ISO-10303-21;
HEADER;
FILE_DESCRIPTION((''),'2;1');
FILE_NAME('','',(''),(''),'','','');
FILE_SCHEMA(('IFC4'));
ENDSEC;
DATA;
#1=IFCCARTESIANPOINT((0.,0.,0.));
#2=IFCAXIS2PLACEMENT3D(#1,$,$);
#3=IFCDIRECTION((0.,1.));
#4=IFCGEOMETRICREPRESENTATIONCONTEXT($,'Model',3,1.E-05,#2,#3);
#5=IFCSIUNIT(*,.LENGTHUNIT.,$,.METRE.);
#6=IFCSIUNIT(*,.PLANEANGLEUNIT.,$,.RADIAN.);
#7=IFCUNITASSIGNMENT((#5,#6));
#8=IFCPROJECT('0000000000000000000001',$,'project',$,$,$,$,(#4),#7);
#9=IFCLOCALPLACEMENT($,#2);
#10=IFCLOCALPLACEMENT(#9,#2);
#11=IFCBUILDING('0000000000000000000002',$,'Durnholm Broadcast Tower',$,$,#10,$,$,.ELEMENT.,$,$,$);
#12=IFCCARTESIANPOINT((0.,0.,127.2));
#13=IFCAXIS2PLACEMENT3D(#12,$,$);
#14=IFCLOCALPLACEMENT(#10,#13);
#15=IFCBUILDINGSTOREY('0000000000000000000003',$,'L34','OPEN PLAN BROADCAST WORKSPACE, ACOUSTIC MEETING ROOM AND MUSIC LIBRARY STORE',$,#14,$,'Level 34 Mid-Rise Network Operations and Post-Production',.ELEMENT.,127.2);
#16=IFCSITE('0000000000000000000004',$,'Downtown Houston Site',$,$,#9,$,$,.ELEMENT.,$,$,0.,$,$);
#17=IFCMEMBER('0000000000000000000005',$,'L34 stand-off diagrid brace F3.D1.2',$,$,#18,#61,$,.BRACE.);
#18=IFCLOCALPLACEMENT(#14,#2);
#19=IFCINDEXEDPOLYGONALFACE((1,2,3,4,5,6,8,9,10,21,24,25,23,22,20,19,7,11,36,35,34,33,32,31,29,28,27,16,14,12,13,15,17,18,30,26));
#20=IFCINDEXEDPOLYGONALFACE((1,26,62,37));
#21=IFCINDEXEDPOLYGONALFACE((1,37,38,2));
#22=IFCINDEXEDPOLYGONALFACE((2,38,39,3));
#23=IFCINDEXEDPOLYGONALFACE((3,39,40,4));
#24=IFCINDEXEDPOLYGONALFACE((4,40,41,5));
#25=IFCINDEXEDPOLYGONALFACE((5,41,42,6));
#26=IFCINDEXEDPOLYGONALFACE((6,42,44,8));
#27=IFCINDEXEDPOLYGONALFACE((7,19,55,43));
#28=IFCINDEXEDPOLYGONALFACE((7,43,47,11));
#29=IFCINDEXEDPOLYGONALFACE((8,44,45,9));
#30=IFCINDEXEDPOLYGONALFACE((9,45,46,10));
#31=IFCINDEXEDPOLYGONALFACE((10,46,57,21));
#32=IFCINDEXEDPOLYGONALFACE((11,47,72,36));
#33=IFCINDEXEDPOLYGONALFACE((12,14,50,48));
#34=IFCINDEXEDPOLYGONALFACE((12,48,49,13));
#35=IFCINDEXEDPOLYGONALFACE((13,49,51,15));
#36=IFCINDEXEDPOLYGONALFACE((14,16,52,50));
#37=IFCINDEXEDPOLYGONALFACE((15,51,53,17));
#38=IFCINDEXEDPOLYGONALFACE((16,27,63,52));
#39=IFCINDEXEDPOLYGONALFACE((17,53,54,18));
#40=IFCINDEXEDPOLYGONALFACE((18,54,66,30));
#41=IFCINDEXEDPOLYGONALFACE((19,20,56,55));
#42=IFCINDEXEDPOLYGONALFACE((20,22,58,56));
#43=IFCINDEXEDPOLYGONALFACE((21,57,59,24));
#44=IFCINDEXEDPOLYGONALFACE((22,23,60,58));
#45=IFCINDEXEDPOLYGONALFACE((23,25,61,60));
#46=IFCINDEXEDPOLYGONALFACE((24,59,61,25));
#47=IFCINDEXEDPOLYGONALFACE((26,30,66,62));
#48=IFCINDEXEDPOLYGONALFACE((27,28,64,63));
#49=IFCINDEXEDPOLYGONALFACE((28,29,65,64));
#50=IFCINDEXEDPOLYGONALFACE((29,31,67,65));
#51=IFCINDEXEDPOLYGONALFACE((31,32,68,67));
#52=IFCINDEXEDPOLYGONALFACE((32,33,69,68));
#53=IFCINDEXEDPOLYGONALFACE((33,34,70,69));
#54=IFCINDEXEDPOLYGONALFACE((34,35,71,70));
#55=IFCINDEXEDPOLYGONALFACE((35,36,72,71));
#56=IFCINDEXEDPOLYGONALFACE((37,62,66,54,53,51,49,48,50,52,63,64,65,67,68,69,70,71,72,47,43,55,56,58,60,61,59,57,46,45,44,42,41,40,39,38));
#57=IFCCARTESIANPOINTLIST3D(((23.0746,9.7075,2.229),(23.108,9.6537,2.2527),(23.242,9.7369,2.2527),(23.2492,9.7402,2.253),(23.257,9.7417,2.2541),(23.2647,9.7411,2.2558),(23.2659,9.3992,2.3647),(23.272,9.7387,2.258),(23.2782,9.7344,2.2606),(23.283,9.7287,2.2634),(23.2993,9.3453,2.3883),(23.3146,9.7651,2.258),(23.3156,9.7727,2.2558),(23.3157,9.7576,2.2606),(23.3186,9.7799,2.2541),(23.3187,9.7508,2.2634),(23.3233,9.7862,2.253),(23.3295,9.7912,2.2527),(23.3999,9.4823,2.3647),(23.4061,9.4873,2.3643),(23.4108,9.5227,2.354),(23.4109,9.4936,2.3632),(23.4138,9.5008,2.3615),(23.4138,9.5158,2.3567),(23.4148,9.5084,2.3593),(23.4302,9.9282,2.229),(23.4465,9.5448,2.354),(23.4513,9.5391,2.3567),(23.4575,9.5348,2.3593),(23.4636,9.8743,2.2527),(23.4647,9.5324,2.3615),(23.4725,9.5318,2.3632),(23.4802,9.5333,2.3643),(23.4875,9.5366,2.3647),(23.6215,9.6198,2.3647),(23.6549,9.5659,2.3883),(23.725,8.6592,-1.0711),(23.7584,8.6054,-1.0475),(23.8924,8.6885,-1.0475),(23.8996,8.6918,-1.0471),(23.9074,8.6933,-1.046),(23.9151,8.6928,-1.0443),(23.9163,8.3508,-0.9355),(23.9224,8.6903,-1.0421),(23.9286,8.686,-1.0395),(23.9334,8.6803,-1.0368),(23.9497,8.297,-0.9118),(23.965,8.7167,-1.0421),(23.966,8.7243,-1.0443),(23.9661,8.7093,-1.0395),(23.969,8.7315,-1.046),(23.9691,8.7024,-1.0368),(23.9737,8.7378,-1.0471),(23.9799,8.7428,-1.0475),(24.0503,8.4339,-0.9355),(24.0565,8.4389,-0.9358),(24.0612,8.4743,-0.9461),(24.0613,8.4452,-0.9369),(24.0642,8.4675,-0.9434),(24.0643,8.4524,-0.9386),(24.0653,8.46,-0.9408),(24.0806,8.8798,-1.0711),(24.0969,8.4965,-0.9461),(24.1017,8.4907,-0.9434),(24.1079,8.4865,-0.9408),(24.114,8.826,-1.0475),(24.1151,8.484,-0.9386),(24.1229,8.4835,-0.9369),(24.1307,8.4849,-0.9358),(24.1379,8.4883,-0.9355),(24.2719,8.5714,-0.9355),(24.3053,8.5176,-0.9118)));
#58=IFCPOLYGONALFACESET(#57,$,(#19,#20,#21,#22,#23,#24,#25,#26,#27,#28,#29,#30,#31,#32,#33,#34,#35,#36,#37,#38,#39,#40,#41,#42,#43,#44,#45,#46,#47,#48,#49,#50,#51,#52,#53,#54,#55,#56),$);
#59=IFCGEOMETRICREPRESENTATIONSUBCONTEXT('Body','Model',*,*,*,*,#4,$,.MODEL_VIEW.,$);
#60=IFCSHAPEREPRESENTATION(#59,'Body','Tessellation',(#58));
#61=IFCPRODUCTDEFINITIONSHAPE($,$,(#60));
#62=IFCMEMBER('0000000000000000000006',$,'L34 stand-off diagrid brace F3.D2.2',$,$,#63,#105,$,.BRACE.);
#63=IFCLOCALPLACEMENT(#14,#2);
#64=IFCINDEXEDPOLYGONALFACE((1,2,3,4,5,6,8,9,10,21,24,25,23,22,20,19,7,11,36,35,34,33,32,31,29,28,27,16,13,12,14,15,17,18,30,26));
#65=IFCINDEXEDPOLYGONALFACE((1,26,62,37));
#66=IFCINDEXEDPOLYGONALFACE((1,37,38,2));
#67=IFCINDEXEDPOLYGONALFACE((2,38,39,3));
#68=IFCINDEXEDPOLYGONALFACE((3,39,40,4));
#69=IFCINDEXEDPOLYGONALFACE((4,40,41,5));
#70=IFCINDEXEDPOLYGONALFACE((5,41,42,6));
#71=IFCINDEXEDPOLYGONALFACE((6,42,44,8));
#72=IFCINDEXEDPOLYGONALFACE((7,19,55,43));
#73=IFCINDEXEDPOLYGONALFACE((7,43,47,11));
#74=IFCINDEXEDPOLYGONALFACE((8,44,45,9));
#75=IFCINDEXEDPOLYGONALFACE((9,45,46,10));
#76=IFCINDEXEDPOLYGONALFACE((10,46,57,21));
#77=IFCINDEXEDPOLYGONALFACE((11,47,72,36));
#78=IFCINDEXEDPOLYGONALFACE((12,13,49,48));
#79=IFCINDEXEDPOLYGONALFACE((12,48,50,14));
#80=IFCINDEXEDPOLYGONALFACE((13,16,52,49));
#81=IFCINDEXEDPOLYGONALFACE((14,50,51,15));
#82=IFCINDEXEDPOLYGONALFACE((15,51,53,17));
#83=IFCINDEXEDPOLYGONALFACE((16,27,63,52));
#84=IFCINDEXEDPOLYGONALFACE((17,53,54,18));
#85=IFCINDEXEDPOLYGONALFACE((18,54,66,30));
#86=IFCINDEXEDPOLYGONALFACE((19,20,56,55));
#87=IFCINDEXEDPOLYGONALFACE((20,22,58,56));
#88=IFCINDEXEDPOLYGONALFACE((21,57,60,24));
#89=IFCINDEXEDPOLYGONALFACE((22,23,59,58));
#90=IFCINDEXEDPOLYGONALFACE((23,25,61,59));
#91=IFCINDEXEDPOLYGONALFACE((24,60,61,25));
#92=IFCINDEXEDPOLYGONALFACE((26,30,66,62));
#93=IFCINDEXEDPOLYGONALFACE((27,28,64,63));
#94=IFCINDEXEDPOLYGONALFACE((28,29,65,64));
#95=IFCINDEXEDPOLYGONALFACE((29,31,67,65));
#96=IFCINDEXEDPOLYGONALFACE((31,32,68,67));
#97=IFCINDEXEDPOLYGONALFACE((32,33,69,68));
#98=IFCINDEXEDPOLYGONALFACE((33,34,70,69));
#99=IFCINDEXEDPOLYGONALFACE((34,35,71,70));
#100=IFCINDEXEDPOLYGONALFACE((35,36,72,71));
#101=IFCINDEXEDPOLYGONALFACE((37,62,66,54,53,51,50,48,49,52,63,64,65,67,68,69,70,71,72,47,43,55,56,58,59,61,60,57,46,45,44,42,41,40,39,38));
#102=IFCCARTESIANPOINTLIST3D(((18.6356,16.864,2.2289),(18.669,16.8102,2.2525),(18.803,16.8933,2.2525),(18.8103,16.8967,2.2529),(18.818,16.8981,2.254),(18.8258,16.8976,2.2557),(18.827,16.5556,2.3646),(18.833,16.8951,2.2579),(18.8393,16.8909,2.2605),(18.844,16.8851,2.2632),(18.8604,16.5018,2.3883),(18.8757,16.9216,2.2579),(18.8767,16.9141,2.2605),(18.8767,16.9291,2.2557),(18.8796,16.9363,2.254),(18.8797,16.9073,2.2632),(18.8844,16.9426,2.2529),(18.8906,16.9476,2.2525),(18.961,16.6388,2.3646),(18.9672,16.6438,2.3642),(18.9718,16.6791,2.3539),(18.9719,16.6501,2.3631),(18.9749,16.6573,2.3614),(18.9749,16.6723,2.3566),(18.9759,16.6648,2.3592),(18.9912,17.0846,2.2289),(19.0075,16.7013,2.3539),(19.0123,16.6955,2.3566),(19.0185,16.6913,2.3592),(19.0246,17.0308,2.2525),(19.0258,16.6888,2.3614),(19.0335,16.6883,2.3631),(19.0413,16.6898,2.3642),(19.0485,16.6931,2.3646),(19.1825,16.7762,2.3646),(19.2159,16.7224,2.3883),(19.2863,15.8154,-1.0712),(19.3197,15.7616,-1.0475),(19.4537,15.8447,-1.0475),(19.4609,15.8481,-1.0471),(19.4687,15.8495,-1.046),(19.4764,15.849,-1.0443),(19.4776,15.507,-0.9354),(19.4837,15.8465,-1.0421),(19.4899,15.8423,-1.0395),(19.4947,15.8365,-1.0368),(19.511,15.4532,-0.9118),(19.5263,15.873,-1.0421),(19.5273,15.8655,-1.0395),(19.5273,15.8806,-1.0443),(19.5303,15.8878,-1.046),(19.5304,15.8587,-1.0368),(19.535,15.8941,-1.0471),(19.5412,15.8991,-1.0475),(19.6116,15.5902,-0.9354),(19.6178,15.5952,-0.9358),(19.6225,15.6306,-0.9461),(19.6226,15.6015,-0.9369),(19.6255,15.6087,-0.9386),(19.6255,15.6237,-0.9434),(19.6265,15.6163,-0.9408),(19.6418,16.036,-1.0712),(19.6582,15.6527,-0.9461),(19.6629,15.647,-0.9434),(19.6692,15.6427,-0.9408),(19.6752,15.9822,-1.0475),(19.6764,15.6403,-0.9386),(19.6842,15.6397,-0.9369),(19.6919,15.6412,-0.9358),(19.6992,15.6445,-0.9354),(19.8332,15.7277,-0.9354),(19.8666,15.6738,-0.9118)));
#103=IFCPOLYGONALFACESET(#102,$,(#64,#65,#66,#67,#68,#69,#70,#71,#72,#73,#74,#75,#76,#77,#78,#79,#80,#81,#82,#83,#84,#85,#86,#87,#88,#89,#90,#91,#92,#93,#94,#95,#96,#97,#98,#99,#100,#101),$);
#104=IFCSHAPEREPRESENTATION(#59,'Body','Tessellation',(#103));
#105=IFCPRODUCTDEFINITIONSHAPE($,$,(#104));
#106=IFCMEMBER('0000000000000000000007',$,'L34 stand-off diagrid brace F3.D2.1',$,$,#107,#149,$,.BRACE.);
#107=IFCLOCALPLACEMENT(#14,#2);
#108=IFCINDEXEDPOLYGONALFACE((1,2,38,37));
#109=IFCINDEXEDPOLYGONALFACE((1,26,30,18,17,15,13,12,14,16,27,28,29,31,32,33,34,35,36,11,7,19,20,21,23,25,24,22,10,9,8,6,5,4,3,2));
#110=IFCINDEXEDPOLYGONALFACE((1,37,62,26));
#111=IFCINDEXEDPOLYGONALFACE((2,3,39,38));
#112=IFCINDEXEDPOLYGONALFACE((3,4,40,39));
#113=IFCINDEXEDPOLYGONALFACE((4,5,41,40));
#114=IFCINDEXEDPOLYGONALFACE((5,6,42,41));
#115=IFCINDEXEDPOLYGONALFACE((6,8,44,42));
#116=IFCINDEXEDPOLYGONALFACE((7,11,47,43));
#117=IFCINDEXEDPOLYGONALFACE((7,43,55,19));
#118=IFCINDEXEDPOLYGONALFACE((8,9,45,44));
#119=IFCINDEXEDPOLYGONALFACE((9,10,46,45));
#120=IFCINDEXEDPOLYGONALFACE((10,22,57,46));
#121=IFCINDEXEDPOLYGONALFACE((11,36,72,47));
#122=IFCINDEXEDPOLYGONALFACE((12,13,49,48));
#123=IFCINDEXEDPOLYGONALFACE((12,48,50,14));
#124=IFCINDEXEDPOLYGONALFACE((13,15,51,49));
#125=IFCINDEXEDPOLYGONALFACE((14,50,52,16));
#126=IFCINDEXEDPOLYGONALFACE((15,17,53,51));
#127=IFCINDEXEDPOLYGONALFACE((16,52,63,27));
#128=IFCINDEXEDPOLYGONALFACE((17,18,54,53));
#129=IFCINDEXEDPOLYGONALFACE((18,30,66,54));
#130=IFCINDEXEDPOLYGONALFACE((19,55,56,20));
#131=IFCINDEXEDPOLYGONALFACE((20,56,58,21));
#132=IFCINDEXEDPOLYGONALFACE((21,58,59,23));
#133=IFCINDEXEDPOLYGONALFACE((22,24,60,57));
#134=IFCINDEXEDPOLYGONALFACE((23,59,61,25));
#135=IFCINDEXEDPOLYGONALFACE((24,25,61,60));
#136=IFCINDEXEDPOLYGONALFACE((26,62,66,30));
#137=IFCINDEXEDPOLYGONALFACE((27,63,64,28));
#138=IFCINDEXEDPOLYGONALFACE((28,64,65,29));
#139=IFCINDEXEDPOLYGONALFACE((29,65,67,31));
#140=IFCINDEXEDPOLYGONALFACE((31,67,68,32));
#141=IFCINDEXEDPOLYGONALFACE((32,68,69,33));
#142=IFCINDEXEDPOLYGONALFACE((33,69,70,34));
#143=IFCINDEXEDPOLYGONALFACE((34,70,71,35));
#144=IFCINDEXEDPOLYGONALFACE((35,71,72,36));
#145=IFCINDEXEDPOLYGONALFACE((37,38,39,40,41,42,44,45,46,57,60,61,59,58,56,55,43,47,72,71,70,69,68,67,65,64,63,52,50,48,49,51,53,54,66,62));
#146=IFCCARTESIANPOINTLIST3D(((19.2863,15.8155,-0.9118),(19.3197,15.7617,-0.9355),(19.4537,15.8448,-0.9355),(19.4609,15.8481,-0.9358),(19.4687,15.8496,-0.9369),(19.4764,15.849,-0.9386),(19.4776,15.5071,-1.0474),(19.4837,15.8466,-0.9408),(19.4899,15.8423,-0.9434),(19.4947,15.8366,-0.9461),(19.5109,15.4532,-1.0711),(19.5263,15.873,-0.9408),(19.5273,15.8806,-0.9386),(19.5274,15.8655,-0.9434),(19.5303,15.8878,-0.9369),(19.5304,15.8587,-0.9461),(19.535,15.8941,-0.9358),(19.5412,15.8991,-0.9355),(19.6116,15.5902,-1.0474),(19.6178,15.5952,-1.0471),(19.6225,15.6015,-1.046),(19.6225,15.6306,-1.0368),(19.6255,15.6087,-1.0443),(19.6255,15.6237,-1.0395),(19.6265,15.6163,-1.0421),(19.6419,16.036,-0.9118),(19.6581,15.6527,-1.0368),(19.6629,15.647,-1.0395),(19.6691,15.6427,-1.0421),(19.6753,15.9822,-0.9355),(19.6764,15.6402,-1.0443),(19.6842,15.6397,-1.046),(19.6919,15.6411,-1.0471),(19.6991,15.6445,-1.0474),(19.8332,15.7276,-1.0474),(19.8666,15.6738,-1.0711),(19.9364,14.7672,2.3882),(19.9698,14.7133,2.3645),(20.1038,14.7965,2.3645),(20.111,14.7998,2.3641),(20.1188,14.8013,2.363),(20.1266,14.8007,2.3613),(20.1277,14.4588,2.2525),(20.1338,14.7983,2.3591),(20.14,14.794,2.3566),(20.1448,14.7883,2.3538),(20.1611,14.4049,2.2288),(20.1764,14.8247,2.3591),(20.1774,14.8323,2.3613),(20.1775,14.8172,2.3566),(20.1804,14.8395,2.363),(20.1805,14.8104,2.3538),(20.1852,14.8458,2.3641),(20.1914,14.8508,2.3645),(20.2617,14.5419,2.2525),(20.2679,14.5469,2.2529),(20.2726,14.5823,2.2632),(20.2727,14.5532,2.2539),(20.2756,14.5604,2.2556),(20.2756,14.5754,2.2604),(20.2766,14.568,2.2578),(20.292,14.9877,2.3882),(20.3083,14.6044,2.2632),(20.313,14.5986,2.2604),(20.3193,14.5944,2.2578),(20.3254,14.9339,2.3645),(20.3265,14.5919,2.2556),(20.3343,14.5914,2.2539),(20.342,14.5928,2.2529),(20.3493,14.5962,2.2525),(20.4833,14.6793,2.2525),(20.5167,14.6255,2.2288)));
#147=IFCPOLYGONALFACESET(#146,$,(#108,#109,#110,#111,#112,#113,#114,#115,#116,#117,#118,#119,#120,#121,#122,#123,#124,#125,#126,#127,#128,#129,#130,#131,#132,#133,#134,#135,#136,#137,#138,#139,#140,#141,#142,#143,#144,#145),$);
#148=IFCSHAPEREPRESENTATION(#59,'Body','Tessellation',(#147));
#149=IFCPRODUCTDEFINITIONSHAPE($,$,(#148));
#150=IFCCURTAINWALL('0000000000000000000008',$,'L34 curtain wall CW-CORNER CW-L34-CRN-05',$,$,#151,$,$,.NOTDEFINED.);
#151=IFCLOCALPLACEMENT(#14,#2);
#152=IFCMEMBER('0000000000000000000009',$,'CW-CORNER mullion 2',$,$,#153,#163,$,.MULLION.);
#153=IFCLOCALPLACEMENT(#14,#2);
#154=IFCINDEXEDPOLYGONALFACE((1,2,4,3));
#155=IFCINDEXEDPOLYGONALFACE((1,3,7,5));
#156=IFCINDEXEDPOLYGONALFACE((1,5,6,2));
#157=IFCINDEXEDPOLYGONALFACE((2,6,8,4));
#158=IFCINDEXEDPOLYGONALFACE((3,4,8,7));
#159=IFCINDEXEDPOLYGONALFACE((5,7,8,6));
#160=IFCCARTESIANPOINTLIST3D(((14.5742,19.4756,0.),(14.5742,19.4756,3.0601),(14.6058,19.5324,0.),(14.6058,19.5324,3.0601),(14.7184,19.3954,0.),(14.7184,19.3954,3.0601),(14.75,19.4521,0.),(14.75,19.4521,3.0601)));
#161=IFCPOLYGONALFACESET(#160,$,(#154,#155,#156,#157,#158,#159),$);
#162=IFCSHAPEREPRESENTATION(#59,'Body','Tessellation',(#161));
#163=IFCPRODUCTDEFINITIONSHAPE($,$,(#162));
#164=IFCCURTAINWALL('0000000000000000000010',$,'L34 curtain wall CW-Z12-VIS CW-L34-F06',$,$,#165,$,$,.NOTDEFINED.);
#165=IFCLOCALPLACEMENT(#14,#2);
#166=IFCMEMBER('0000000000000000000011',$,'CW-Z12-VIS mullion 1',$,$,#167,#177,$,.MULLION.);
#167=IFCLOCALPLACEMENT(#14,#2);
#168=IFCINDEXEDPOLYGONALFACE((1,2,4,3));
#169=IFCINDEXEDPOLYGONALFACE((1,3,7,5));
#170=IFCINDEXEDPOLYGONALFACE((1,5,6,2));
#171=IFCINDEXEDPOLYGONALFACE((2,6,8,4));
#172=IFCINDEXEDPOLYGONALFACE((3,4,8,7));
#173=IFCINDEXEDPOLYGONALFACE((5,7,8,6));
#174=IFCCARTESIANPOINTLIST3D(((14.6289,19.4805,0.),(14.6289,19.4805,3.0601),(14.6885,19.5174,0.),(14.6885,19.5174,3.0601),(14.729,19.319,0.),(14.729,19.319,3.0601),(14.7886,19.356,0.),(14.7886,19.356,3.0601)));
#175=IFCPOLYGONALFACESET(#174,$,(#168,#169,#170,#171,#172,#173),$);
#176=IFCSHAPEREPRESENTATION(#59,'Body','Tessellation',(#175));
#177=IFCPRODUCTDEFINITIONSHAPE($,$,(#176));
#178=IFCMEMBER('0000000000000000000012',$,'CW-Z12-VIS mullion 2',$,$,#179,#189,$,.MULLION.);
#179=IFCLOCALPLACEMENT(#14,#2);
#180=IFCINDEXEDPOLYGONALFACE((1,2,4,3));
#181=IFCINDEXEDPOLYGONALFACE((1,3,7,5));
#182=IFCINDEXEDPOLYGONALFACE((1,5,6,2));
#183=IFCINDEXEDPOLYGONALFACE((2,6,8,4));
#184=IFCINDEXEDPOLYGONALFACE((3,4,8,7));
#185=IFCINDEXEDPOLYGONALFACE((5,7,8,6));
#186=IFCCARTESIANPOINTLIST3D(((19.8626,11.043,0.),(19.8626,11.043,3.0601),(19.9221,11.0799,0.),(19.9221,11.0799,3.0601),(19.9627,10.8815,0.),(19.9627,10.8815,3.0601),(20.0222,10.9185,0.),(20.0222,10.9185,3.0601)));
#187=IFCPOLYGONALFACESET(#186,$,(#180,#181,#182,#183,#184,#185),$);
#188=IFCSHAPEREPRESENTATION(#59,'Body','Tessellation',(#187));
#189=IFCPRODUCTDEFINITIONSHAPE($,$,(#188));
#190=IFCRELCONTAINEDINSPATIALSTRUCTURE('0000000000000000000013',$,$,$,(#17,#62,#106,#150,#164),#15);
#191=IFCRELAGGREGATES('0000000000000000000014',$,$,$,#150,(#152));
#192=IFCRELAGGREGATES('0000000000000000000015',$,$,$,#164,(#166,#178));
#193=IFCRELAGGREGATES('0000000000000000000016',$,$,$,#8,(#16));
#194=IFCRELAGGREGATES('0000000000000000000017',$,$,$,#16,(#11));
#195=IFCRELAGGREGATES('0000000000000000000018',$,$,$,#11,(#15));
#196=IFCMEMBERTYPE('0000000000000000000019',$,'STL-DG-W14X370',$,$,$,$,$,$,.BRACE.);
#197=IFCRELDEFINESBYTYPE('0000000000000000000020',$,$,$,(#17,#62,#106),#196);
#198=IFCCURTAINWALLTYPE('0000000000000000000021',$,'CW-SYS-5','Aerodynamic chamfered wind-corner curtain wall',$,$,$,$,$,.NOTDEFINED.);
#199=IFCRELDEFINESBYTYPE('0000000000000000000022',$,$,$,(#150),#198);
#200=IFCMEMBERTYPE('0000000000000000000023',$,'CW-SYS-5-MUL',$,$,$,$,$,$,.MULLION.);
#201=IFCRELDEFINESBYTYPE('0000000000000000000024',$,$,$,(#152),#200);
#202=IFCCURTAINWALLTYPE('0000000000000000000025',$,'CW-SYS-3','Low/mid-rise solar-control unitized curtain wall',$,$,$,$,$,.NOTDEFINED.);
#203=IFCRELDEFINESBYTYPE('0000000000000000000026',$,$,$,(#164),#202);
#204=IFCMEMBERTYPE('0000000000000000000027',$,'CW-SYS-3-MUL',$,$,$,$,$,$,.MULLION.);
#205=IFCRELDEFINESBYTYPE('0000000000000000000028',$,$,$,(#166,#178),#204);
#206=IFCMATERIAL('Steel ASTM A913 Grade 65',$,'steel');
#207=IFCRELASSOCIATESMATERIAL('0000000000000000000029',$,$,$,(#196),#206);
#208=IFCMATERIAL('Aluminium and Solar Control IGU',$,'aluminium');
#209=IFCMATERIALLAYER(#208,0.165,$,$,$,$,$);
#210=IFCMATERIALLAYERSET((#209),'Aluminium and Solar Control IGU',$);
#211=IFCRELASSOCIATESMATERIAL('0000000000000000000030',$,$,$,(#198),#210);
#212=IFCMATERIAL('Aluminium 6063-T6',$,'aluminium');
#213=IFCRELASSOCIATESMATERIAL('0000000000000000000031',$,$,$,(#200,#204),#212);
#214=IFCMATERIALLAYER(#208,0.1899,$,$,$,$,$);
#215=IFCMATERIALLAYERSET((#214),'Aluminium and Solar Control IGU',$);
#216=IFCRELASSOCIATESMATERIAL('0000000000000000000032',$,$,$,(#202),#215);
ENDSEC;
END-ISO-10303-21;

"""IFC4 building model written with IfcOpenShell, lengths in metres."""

from ifc_helpers import new_model, si_unit, direction, frame, origin, origin_2d, place, context, subcontext, project, spatial, rectangle, i_section, extrude, source, transform, mapped, material, layer, layer_set, material_profile, profile_set, type_object, type_shapes, element, aggregate, save


model = new_model("IFC4")

# Units and contexts
model_context = context("Model", 3, precision=1e-05, world=origin(), true_north=direction((0.0, 1.0)))
body_context = subcontext(model_context, "Body", "Model", "MODEL_VIEW")
ifc_project = project(units=[si_unit("LENGTHUNIT", "METRE"), si_unit("PLANEANGLEUNIT", "RADIAN")], contexts=[model_context])

# Site, building, storey
site_placement = place(None, origin())
site = spatial("IfcSite", under=ifc_project, at=site_placement, Name="Downtown Houston Site", CompositionType="ELEMENT", RefElevation=0.0)
building_placement = place(site_placement, origin())
building = spatial("IfcBuilding", under=site, at=building_placement, Name="Durnholm Broadcast Tower", CompositionType="ELEMENT")
storey_placement = place(building_placement, frame((0.0, 0.0, 127.2)))
storey = spatial("IfcBuildingStorey", under=building, at=storey_placement, Name="L34", Description="OPEN PLAN BROADCAST WORKSPACE, ACOUSTIC MEETING ROOM AND MUSIC LIBRARY STORE", LongName="Level 34 Mid-Rise Network Operations and Post-Production", CompositionType="ELEMENT", Elevation=127.2)

# Members
ifc_material_1 = material(Name="Steel ASTM A913 Grade 65", Category="steel")
ifc_material_profile_1 = material_profile(ifc_material_1, i_section(OverallWidth=0.4185, OverallDepth=0.4551, WebThickness=0.042, FlangeThickness=0.0676, FilletRadius=0.0305, at=origin_2d()), Name="W14X370")
ifc_profile_set_1 = profile_set([ifc_material_profile_1], Name="Steel ASTM A913 Grade 65")
member_type_1 = type_object("IfcMemberType", Name="STL-DG-W14X370", PredefinedType="BRACE", material=ifc_profile_set_1)
shared_shape_1 = source(origin(), body_context, "Body", "SweptSolid", [
    extrude(i_section(OverallWidth=0.4185, OverallDepth=0.4551, WebThickness=0.042, FlangeThickness=0.0676, FilletRadius=0.0305, at=origin_2d()), origin(), (0.0, 0.0, 1.0), 3.5232),
])
for number, where, z_axis, x_axis, name in (
    (1, (24.0151, 8.5884, -0.9915), (-0.184607, 0.29756, 0.936685), (-0.84975, -0.527186, 0.0), "L34 stand-off diagrid brace F3.D1.2"),
    (2, (19.5764, 15.7446, -0.9915), (-0.18467, 0.29762, 0.936653), (-0.849717, -0.52724, 0.0), "L34 stand-off diagrid brace F3.D2.2"),
):
    element("IfcMember", number, at=place(storey_placement, frame(where, z_axis=z_axis, x_axis=x_axis)), inside=storey, type_object=member_type_1, Name=name, PredefinedType="BRACE", context=body_context, shape_type="MappedRepresentation", body=[
        mapped(shared_shape_1, transform((0.0, 0.0, 0.0), x_axis=(1.0, 0.0, 0.0), y_axis=(0.0, 1.0, 0.0), z_axis=(0.0, 0.0, 1.0), scale=1.0)),
    ])
shared_shape_2 = source(origin(), body_context, "Body", "SweptSolid", [
    extrude(i_section(OverallWidth=0.4185, OverallDepth=0.4551, WebThickness=0.042, FlangeThickness=0.0676, FilletRadius=0.0305, at=origin_2d()), origin(), (0.0, 0.0, 1.0), 3.5229),
])
type_shapes(member_type_1, [shared_shape_1, shared_shape_2])
member_1_placement = place(storey_placement, frame((19.5764, 15.7446, -0.9915), z_axis=(0.18454, -0.297564, 0.936697), x_axis=(0.849839, 0.527043, 0.0)))
element("IfcMember", 3, at=member_1_placement, inside=storey, type_object=member_type_1, Name="L34 stand-off diagrid brace F3.D2.1", PredefinedType="BRACE", context=body_context, shape_type="MappedRepresentation", body=[
    mapped(shared_shape_2, transform((0.0, 0.0, 0.0), x_axis=(1.0, 0.0, 0.0), y_axis=(0.0, 1.0, 0.0), z_axis=(0.0, 0.0, 1.0), scale=1.0)),
])

# Curtain wall, member
ifc_material_2 = material(Name="Aluminium and Solar Control IGU", Category="aluminium")
ifc_layer_1 = layer(ifc_material_2, 0.165)
ifc_layer_set_1 = layer_set([ifc_layer_1], Name="Aluminium and Solar Control IGU")
curtain_wall_type_1 = type_object("IfcCurtainWallType", Name="CW-SYS-5", Description="Aerodynamic chamfered wind-corner curtain wall", PredefinedType="NOTDEFINED", material=ifc_layer_set_1)
curtain_wall_1_placement = place(storey_placement, origin())
curtain_wall_1 = element("IfcCurtainWall", 4, at=curtain_wall_1_placement, inside=storey, type_object=curtain_wall_type_1, Name="L34 curtain wall CW-CORNER CW-L34-CRN-05", PredefinedType="NOTDEFINED")
ifc_material_3 = material(Name="Aluminium 6063-T6", Category="aluminium")
ifc_material_profile_2 = material_profile(ifc_material_3, rectangle(XDim=0.0649, YDim=0.165, at=origin_2d()), Name="CWM65X165")
ifc_profile_set_2 = profile_set([ifc_material_profile_2], Name="Aluminium 6063-T6")
member_type_2 = type_object("IfcMemberType", Name="CW-SYS-5-MUL", PredefinedType="MULLION", material=ifc_profile_set_2)
shared_shape_3 = source(origin(), body_context, "Body", "SweptSolid", [
    extrude(rectangle(XDim=0.0649, YDim=0.165, at=origin_2d()), origin(), (0.0, 0.0, 1.0), 3.0601),
])
type_shapes(member_type_2, [shared_shape_3])
member_2_placement = place(storey_placement, frame((14.6621, 19.4639, 0.0), z_axis=(0.0, 0.0, 1.0), x_axis=(0.486244, 0.873823, 0.0)))
member_2 = element("IfcMember", 5, at=member_2_placement, type_object=member_type_2, Name="CW-CORNER mullion 2", PredefinedType="MULLION", context=body_context, shape_type="MappedRepresentation", body=[
    mapped(shared_shape_3, transform((0.0, 0.0, 0.0), x_axis=(1.0, 0.0, 0.0), y_axis=(0.0, 1.0, 0.0), z_axis=(0.0, 0.0, 1.0), scale=1.0)),
])

# Curtain wall, members
ifc_layer_2 = layer(ifc_material_2, 0.1899)
ifc_layer_set_2 = layer_set([ifc_layer_2], Name="Aluminium and Solar Control IGU")
curtain_wall_type_2 = type_object("IfcCurtainWallType", Name="CW-SYS-3", Description="Low/mid-rise solar-control unitized curtain wall", PredefinedType="NOTDEFINED", material=ifc_layer_set_2)
curtain_wall_2_placement = place(storey_placement, origin())
curtain_wall_2 = element("IfcCurtainWall", 6, at=curtain_wall_2_placement, inside=storey, type_object=curtain_wall_type_2, Name="L34 curtain wall CW-Z12-VIS CW-L34-F06", PredefinedType="NOTDEFINED")
ifc_material_profile_3 = material_profile(ifc_material_3, rectangle(XDim=0.0701, YDim=0.1899, at=origin_2d()), Name="CWM70X190")
ifc_profile_set_3 = profile_set([ifc_material_profile_3], Name="Aluminium 6063-T6")
member_type_3 = type_object("IfcMemberType", Name="CW-SYS-3-MUL", PredefinedType="MULLION", material=ifc_profile_set_3)
shared_shape_4 = source(origin(), body_context, "Body", "SweptSolid", [
    extrude(rectangle(XDim=0.0701, YDim=0.1899, at=origin_2d()), origin(), (0.0, 0.0, 1.0), 3.0601),
])
type_shapes(member_type_3, [shared_shape_4])
member_3_placement = place(storey_placement, frame((14.7087, 19.4182, 0.0), z_axis=(0.0, 0.0, 1.0), x_axis=(0.8498, 0.527105, 0.0)))
member_3 = element("IfcMember", 7, at=member_3_placement, type_object=member_type_3, Name="CW-Z12-VIS mullion 1", PredefinedType="MULLION", context=body_context, shape_type="MappedRepresentation", body=[
    mapped(shared_shape_4, transform((0.0, 0.0, 0.0), x_axis=(1.0, 0.0, 0.0), y_axis=(0.0, 1.0, 0.0), z_axis=(0.0, 0.0, 1.0), scale=1.0)),
])
member_4_placement = place(storey_placement, frame((19.9424, 10.9807, 0.0), z_axis=(0.0, 0.0, 1.0), x_axis=(0.8498, 0.527105, 0.0)))
member_4 = element("IfcMember", 8, at=member_4_placement, type_object=member_type_3, Name="CW-Z12-VIS mullion 2", PredefinedType="MULLION", context=body_context, shape_type="MappedRepresentation", body=[
    mapped(shared_shape_4, transform((0.0, 0.0, 0.0), x_axis=(1.0, 0.0, 0.0), y_axis=(0.0, 1.0, 0.0), z_axis=(0.0, 0.0, 1.0), scale=1.0)),
])

aggregate(curtain_wall_1, [member_2])
aggregate(curtain_wall_2, [member_3, member_4])

save(model, "model.ifc")
